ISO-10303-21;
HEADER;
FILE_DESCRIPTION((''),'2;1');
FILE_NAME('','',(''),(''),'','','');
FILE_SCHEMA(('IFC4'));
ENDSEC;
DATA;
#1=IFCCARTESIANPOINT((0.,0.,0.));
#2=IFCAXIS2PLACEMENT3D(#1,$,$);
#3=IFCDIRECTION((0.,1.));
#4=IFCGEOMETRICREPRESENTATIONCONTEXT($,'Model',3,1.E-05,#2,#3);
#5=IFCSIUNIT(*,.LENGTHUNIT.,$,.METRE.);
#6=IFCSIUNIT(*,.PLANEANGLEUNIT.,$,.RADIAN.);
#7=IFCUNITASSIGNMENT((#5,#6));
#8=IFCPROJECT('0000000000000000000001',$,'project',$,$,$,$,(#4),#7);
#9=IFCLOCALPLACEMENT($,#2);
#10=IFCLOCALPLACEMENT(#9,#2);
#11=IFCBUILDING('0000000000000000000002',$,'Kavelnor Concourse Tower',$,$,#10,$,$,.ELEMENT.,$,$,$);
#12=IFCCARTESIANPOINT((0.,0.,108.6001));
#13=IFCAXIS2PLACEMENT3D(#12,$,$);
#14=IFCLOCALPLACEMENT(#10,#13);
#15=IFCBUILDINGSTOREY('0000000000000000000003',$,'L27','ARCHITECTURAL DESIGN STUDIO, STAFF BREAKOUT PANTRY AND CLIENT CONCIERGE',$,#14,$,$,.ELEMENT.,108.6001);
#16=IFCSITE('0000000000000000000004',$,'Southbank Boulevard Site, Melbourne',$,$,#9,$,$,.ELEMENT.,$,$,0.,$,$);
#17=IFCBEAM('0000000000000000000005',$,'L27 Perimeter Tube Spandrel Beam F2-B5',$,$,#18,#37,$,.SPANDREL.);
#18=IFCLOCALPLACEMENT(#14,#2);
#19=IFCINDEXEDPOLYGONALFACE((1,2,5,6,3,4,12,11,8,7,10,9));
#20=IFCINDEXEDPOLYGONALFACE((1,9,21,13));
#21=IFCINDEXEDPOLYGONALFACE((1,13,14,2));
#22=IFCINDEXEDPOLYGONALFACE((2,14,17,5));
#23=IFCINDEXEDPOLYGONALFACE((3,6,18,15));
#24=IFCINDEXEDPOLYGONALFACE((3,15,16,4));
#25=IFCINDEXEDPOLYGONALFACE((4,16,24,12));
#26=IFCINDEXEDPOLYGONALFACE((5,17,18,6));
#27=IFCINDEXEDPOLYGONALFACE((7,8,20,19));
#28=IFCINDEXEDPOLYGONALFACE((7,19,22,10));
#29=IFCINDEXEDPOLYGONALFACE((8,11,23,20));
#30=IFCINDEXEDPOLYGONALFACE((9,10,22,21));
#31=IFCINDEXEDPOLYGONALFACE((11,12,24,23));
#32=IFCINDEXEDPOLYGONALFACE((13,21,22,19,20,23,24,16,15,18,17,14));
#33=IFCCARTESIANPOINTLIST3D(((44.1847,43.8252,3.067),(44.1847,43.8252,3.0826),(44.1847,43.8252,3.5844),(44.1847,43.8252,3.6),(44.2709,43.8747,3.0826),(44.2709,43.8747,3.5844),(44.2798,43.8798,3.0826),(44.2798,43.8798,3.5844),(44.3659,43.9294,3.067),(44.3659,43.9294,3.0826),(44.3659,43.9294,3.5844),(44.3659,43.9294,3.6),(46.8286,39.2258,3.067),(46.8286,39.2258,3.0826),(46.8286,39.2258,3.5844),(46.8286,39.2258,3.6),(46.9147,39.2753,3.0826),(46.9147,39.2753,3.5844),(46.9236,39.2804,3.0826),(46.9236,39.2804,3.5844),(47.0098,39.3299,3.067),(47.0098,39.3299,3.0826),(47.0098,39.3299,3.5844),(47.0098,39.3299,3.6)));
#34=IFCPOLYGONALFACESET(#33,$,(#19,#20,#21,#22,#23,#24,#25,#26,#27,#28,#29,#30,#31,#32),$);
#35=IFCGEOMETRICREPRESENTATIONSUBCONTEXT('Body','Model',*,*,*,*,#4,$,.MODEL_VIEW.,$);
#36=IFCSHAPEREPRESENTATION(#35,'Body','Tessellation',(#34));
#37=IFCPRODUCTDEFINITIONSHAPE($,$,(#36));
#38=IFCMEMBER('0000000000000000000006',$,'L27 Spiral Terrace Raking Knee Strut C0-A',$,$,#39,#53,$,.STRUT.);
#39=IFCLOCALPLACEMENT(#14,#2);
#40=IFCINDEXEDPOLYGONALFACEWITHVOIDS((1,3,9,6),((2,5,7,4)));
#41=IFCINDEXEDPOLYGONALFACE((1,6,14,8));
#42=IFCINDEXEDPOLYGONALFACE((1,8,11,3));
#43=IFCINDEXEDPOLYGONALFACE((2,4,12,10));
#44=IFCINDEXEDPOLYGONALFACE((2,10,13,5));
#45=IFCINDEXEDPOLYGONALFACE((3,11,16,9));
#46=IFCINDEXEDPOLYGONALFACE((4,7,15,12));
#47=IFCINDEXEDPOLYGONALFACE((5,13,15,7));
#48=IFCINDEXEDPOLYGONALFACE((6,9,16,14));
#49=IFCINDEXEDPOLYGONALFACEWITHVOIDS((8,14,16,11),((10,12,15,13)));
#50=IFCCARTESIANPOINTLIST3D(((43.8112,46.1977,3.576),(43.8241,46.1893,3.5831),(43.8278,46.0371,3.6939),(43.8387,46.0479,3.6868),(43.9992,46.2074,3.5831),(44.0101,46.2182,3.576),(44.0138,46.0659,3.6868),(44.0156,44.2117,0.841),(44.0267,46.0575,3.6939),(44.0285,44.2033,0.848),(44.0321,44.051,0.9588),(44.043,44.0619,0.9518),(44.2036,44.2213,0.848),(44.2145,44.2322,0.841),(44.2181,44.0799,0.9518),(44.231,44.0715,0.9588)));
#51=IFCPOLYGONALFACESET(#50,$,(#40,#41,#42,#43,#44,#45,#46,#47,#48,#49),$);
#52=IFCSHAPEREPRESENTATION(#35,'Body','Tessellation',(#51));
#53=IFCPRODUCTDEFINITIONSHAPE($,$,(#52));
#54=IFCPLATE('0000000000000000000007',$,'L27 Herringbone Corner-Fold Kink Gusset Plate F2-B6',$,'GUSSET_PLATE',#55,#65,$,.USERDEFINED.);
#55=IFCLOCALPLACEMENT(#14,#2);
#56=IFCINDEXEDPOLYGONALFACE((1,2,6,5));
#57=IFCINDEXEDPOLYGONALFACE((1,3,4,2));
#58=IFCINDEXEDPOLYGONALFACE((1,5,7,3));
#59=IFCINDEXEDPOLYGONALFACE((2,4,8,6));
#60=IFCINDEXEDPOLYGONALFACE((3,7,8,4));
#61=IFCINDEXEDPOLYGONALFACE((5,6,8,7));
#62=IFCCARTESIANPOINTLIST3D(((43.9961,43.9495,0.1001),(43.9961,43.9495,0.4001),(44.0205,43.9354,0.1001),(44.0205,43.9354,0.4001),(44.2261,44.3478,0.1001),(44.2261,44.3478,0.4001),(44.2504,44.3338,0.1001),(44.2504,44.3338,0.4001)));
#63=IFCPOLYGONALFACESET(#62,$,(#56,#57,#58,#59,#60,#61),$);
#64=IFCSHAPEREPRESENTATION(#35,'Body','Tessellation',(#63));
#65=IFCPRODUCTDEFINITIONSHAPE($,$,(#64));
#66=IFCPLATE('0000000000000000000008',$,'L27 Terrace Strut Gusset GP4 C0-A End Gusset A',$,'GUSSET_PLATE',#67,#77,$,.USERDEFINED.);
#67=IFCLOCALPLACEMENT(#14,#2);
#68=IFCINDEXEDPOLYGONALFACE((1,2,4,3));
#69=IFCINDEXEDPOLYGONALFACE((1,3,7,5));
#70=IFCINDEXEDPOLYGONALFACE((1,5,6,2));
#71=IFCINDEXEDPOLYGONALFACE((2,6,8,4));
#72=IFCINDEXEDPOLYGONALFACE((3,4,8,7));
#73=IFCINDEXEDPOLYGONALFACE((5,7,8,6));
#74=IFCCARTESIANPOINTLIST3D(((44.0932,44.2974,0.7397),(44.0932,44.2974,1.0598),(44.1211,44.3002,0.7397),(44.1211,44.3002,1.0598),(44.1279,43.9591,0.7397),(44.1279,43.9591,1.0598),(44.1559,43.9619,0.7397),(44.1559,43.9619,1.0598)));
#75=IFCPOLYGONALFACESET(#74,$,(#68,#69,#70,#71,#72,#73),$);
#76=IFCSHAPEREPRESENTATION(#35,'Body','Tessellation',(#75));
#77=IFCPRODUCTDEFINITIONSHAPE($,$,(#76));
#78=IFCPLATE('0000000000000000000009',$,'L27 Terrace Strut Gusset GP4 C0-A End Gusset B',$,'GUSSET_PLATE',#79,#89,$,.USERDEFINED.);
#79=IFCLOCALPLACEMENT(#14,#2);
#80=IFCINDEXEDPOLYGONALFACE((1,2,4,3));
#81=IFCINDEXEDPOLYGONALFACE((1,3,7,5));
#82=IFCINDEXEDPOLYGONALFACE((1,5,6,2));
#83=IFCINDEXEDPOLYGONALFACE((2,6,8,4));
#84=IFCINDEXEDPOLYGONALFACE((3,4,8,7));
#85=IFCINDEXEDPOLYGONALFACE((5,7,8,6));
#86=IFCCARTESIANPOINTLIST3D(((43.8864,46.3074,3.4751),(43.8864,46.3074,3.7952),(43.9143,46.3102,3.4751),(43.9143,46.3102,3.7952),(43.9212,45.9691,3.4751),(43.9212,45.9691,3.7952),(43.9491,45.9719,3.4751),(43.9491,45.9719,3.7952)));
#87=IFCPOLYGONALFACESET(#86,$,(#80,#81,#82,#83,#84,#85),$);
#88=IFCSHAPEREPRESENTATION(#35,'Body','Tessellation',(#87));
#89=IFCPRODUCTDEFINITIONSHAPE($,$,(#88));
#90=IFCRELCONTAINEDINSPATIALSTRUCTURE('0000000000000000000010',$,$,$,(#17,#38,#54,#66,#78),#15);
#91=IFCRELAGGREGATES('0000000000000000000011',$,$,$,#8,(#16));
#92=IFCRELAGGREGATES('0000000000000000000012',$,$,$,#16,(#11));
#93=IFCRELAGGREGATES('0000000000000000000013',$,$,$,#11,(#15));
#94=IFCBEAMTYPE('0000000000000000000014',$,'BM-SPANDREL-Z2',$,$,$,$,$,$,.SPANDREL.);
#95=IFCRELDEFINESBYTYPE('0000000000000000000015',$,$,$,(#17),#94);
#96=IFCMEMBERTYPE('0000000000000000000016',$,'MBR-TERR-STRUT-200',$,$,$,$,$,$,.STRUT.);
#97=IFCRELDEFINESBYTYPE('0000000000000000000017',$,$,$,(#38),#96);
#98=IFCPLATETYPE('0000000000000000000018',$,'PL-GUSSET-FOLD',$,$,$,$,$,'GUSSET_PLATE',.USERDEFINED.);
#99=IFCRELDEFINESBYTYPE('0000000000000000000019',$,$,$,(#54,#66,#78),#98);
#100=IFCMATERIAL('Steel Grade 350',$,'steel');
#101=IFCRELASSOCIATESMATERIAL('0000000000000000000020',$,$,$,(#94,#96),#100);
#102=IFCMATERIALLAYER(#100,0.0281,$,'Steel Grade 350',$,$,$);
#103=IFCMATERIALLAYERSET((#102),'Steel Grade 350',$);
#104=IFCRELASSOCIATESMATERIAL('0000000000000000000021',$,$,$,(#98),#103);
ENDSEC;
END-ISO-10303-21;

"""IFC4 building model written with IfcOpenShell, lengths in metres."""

from ifc_helpers import new_model, si_unit, direction, frame, origin, origin_2d, place, context, subcontext, project, spatial, rectangle, hollow_rectangle, i_section, extrude, material, layer, layer_set, material_profile, profile_set, type_object, element, save


model = new_model("IFC4")

# Units and contexts
model_context = context("Model", 3, precision=1e-05, world=origin(), true_north=direction((0.0, 1.0)))
body_context = subcontext(model_context, "Body", "Model", "MODEL_VIEW")
ifc_project = project(units=[si_unit("LENGTHUNIT", "METRE"), si_unit("PLANEANGLEUNIT", "RADIAN")], contexts=[model_context])

# Site, building, storey
site_placement = place(None, origin())
site = spatial("IfcSite", under=ifc_project, at=site_placement, Name="Southbank Boulevard Site, Melbourne", CompositionType="ELEMENT", RefElevation=0.0)
building_placement = place(site_placement, origin())
building = spatial("IfcBuilding", under=site, at=building_placement, Name="Kavelnor Concourse Tower", CompositionType="ELEMENT")
storey_placement = place(building_placement, frame((0.0, 0.0, 108.6001)))
storey = spatial("IfcBuildingStorey", under=building, at=storey_placement, Name="L27", Description="ARCHITECTURAL DESIGN STUDIO, STAFF BREAKOUT PANTRY AND CLIENT CONCIERGE", CompositionType="ELEMENT", Elevation=108.6001)

# Shared definitions
ifc_material_1 = material(Name="Steel Grade 350", Category="steel")

# Beam
ifc_material_profile_1 = material_profile(ifc_material_1, i_section(OverallWidth=0.209, OverallDepth=0.533, WebThickness=0.0103, FlangeThickness=0.0156, at=origin_2d()), Name="530UB92")
ifc_profile_set_1 = profile_set([ifc_material_profile_1], Name="Steel Grade 350")
beam_type_1 = type_object("IfcBeamType", Name="BM-SPANDREL-Z2", PredefinedType="SPANDREL", material=ifc_profile_set_1)
for number, where, z_axis, x_axis, name in (
    (1, (46.9192, 39.2778, 3.3335), (-0.498353, 0.866974, 0.0), (-0.866974, -0.498353, 0.0), "L27 Perimeter Tube Spandrel Beam F2-B5"),
):
    element("IfcBeam", number, at=place(storey_placement, frame(where, z_axis=z_axis, x_axis=x_axis)), inside=storey, type_object=beam_type_1, Name=name, PredefinedType="SPANDREL", context=body_context, shape_type="SweptSolid", body=[
        extrude(i_section(OverallWidth=0.209, OverallDepth=0.533, WebThickness=0.0103, FlangeThickness=0.0156, at=origin_2d()), origin(), (0.0, 0.0, 1.0), 5.3052),
    ])

# Member
ifc_material_profile_2 = material_profile(ifc_material_1, hollow_rectangle(XDim=0.2, YDim=0.2, WallThickness=0.012, at=origin_2d()), Name="SHS 200x200x12")
ifc_profile_set_2 = profile_set([ifc_material_profile_2], Name="Steel Grade 350")
member_type = type_object("IfcMemberType", Name="MBR-TERR-STRUT-200", PredefinedType="STRUT", material=ifc_profile_set_2)
member_placement = place(storey_placement, frame((44.1233, 44.1416, 0.8999), z_axis=(-0.060345, 0.586504, 0.807695), x_axis=(-0.994749, -0.102348, 0.0)))
element("IfcMember", 2, at=member_placement, inside=storey, type_object=member_type, Name="L27 Spiral Terrace Raking Knee Strut C0-A", PredefinedType="STRUT", context=body_context, shape_type="SweptSolid", body=[
    extrude(hollow_rectangle(XDim=0.2, YDim=0.2, WallThickness=0.012, at=origin_2d()), origin(), (0.0, 0.0, 1.0), 3.3862),
])

# Plates
ifc_layer_1 = layer(ifc_material_1, 0.0281, Name="Steel Grade 350")
ifc_layer_set_1 = layer_set([ifc_layer_1], Name="Steel Grade 350")
plate_type = type_object("IfcPlateType", Name="PL-GUSSET-FOLD", ElementType="GUSSET_PLATE", PredefinedType="USERDEFINED", material=ifc_layer_set_1)
plate_placement = place(storey_placement, frame((44.1233, 44.1416, 0.1001), z_axis=(0.0, 0.0, 1.0), x_axis=(-0.5, -0.866025, 0.0)))
element("IfcPlate", 3, at=plate_placement, inside=storey, type_object=plate_type, Name="L27 Herringbone Corner-Fold Kink Gusset Plate F2-B6", ObjectType="GUSSET_PLATE", PredefinedType="USERDEFINED", context=body_context, shape_type="SweptSolid", body=[
    extrude(rectangle(XDim=0.46, YDim=0.0281, at=origin_2d()), origin(), (0.0, 0.0, 1.0), 0.3),
])
for number, where, z_axis, x_axis, name in (
    (4, (44.1245, 44.1296, 0.7397), (0.0, 0.0, 1.0), (-0.102272, 0.994757, 0.0), "L27 Terrace Strut Gusset GP4 C0-A End Gusset A"),
    (5, (43.9177, 46.1396, 3.4751), (0.0, 0.0, 1.0), (-0.102272, 0.994757, 0.0), "L27 Terrace Strut Gusset GP4 C0-A End Gusset B"),
):
    element("IfcPlate", number, at=place(storey_placement, frame(where, z_axis=z_axis, x_axis=x_axis)), inside=storey, type_object=plate_type, Name=name, ObjectType="GUSSET_PLATE", PredefinedType="USERDEFINED", context=body_context, shape_type="SweptSolid", body=[
        extrude(rectangle(XDim=0.3401, YDim=0.0281, at=origin_2d()), origin(), (0.0, 0.0, 1.0), 0.3201),
    ])

save(model, "model.ifc")
